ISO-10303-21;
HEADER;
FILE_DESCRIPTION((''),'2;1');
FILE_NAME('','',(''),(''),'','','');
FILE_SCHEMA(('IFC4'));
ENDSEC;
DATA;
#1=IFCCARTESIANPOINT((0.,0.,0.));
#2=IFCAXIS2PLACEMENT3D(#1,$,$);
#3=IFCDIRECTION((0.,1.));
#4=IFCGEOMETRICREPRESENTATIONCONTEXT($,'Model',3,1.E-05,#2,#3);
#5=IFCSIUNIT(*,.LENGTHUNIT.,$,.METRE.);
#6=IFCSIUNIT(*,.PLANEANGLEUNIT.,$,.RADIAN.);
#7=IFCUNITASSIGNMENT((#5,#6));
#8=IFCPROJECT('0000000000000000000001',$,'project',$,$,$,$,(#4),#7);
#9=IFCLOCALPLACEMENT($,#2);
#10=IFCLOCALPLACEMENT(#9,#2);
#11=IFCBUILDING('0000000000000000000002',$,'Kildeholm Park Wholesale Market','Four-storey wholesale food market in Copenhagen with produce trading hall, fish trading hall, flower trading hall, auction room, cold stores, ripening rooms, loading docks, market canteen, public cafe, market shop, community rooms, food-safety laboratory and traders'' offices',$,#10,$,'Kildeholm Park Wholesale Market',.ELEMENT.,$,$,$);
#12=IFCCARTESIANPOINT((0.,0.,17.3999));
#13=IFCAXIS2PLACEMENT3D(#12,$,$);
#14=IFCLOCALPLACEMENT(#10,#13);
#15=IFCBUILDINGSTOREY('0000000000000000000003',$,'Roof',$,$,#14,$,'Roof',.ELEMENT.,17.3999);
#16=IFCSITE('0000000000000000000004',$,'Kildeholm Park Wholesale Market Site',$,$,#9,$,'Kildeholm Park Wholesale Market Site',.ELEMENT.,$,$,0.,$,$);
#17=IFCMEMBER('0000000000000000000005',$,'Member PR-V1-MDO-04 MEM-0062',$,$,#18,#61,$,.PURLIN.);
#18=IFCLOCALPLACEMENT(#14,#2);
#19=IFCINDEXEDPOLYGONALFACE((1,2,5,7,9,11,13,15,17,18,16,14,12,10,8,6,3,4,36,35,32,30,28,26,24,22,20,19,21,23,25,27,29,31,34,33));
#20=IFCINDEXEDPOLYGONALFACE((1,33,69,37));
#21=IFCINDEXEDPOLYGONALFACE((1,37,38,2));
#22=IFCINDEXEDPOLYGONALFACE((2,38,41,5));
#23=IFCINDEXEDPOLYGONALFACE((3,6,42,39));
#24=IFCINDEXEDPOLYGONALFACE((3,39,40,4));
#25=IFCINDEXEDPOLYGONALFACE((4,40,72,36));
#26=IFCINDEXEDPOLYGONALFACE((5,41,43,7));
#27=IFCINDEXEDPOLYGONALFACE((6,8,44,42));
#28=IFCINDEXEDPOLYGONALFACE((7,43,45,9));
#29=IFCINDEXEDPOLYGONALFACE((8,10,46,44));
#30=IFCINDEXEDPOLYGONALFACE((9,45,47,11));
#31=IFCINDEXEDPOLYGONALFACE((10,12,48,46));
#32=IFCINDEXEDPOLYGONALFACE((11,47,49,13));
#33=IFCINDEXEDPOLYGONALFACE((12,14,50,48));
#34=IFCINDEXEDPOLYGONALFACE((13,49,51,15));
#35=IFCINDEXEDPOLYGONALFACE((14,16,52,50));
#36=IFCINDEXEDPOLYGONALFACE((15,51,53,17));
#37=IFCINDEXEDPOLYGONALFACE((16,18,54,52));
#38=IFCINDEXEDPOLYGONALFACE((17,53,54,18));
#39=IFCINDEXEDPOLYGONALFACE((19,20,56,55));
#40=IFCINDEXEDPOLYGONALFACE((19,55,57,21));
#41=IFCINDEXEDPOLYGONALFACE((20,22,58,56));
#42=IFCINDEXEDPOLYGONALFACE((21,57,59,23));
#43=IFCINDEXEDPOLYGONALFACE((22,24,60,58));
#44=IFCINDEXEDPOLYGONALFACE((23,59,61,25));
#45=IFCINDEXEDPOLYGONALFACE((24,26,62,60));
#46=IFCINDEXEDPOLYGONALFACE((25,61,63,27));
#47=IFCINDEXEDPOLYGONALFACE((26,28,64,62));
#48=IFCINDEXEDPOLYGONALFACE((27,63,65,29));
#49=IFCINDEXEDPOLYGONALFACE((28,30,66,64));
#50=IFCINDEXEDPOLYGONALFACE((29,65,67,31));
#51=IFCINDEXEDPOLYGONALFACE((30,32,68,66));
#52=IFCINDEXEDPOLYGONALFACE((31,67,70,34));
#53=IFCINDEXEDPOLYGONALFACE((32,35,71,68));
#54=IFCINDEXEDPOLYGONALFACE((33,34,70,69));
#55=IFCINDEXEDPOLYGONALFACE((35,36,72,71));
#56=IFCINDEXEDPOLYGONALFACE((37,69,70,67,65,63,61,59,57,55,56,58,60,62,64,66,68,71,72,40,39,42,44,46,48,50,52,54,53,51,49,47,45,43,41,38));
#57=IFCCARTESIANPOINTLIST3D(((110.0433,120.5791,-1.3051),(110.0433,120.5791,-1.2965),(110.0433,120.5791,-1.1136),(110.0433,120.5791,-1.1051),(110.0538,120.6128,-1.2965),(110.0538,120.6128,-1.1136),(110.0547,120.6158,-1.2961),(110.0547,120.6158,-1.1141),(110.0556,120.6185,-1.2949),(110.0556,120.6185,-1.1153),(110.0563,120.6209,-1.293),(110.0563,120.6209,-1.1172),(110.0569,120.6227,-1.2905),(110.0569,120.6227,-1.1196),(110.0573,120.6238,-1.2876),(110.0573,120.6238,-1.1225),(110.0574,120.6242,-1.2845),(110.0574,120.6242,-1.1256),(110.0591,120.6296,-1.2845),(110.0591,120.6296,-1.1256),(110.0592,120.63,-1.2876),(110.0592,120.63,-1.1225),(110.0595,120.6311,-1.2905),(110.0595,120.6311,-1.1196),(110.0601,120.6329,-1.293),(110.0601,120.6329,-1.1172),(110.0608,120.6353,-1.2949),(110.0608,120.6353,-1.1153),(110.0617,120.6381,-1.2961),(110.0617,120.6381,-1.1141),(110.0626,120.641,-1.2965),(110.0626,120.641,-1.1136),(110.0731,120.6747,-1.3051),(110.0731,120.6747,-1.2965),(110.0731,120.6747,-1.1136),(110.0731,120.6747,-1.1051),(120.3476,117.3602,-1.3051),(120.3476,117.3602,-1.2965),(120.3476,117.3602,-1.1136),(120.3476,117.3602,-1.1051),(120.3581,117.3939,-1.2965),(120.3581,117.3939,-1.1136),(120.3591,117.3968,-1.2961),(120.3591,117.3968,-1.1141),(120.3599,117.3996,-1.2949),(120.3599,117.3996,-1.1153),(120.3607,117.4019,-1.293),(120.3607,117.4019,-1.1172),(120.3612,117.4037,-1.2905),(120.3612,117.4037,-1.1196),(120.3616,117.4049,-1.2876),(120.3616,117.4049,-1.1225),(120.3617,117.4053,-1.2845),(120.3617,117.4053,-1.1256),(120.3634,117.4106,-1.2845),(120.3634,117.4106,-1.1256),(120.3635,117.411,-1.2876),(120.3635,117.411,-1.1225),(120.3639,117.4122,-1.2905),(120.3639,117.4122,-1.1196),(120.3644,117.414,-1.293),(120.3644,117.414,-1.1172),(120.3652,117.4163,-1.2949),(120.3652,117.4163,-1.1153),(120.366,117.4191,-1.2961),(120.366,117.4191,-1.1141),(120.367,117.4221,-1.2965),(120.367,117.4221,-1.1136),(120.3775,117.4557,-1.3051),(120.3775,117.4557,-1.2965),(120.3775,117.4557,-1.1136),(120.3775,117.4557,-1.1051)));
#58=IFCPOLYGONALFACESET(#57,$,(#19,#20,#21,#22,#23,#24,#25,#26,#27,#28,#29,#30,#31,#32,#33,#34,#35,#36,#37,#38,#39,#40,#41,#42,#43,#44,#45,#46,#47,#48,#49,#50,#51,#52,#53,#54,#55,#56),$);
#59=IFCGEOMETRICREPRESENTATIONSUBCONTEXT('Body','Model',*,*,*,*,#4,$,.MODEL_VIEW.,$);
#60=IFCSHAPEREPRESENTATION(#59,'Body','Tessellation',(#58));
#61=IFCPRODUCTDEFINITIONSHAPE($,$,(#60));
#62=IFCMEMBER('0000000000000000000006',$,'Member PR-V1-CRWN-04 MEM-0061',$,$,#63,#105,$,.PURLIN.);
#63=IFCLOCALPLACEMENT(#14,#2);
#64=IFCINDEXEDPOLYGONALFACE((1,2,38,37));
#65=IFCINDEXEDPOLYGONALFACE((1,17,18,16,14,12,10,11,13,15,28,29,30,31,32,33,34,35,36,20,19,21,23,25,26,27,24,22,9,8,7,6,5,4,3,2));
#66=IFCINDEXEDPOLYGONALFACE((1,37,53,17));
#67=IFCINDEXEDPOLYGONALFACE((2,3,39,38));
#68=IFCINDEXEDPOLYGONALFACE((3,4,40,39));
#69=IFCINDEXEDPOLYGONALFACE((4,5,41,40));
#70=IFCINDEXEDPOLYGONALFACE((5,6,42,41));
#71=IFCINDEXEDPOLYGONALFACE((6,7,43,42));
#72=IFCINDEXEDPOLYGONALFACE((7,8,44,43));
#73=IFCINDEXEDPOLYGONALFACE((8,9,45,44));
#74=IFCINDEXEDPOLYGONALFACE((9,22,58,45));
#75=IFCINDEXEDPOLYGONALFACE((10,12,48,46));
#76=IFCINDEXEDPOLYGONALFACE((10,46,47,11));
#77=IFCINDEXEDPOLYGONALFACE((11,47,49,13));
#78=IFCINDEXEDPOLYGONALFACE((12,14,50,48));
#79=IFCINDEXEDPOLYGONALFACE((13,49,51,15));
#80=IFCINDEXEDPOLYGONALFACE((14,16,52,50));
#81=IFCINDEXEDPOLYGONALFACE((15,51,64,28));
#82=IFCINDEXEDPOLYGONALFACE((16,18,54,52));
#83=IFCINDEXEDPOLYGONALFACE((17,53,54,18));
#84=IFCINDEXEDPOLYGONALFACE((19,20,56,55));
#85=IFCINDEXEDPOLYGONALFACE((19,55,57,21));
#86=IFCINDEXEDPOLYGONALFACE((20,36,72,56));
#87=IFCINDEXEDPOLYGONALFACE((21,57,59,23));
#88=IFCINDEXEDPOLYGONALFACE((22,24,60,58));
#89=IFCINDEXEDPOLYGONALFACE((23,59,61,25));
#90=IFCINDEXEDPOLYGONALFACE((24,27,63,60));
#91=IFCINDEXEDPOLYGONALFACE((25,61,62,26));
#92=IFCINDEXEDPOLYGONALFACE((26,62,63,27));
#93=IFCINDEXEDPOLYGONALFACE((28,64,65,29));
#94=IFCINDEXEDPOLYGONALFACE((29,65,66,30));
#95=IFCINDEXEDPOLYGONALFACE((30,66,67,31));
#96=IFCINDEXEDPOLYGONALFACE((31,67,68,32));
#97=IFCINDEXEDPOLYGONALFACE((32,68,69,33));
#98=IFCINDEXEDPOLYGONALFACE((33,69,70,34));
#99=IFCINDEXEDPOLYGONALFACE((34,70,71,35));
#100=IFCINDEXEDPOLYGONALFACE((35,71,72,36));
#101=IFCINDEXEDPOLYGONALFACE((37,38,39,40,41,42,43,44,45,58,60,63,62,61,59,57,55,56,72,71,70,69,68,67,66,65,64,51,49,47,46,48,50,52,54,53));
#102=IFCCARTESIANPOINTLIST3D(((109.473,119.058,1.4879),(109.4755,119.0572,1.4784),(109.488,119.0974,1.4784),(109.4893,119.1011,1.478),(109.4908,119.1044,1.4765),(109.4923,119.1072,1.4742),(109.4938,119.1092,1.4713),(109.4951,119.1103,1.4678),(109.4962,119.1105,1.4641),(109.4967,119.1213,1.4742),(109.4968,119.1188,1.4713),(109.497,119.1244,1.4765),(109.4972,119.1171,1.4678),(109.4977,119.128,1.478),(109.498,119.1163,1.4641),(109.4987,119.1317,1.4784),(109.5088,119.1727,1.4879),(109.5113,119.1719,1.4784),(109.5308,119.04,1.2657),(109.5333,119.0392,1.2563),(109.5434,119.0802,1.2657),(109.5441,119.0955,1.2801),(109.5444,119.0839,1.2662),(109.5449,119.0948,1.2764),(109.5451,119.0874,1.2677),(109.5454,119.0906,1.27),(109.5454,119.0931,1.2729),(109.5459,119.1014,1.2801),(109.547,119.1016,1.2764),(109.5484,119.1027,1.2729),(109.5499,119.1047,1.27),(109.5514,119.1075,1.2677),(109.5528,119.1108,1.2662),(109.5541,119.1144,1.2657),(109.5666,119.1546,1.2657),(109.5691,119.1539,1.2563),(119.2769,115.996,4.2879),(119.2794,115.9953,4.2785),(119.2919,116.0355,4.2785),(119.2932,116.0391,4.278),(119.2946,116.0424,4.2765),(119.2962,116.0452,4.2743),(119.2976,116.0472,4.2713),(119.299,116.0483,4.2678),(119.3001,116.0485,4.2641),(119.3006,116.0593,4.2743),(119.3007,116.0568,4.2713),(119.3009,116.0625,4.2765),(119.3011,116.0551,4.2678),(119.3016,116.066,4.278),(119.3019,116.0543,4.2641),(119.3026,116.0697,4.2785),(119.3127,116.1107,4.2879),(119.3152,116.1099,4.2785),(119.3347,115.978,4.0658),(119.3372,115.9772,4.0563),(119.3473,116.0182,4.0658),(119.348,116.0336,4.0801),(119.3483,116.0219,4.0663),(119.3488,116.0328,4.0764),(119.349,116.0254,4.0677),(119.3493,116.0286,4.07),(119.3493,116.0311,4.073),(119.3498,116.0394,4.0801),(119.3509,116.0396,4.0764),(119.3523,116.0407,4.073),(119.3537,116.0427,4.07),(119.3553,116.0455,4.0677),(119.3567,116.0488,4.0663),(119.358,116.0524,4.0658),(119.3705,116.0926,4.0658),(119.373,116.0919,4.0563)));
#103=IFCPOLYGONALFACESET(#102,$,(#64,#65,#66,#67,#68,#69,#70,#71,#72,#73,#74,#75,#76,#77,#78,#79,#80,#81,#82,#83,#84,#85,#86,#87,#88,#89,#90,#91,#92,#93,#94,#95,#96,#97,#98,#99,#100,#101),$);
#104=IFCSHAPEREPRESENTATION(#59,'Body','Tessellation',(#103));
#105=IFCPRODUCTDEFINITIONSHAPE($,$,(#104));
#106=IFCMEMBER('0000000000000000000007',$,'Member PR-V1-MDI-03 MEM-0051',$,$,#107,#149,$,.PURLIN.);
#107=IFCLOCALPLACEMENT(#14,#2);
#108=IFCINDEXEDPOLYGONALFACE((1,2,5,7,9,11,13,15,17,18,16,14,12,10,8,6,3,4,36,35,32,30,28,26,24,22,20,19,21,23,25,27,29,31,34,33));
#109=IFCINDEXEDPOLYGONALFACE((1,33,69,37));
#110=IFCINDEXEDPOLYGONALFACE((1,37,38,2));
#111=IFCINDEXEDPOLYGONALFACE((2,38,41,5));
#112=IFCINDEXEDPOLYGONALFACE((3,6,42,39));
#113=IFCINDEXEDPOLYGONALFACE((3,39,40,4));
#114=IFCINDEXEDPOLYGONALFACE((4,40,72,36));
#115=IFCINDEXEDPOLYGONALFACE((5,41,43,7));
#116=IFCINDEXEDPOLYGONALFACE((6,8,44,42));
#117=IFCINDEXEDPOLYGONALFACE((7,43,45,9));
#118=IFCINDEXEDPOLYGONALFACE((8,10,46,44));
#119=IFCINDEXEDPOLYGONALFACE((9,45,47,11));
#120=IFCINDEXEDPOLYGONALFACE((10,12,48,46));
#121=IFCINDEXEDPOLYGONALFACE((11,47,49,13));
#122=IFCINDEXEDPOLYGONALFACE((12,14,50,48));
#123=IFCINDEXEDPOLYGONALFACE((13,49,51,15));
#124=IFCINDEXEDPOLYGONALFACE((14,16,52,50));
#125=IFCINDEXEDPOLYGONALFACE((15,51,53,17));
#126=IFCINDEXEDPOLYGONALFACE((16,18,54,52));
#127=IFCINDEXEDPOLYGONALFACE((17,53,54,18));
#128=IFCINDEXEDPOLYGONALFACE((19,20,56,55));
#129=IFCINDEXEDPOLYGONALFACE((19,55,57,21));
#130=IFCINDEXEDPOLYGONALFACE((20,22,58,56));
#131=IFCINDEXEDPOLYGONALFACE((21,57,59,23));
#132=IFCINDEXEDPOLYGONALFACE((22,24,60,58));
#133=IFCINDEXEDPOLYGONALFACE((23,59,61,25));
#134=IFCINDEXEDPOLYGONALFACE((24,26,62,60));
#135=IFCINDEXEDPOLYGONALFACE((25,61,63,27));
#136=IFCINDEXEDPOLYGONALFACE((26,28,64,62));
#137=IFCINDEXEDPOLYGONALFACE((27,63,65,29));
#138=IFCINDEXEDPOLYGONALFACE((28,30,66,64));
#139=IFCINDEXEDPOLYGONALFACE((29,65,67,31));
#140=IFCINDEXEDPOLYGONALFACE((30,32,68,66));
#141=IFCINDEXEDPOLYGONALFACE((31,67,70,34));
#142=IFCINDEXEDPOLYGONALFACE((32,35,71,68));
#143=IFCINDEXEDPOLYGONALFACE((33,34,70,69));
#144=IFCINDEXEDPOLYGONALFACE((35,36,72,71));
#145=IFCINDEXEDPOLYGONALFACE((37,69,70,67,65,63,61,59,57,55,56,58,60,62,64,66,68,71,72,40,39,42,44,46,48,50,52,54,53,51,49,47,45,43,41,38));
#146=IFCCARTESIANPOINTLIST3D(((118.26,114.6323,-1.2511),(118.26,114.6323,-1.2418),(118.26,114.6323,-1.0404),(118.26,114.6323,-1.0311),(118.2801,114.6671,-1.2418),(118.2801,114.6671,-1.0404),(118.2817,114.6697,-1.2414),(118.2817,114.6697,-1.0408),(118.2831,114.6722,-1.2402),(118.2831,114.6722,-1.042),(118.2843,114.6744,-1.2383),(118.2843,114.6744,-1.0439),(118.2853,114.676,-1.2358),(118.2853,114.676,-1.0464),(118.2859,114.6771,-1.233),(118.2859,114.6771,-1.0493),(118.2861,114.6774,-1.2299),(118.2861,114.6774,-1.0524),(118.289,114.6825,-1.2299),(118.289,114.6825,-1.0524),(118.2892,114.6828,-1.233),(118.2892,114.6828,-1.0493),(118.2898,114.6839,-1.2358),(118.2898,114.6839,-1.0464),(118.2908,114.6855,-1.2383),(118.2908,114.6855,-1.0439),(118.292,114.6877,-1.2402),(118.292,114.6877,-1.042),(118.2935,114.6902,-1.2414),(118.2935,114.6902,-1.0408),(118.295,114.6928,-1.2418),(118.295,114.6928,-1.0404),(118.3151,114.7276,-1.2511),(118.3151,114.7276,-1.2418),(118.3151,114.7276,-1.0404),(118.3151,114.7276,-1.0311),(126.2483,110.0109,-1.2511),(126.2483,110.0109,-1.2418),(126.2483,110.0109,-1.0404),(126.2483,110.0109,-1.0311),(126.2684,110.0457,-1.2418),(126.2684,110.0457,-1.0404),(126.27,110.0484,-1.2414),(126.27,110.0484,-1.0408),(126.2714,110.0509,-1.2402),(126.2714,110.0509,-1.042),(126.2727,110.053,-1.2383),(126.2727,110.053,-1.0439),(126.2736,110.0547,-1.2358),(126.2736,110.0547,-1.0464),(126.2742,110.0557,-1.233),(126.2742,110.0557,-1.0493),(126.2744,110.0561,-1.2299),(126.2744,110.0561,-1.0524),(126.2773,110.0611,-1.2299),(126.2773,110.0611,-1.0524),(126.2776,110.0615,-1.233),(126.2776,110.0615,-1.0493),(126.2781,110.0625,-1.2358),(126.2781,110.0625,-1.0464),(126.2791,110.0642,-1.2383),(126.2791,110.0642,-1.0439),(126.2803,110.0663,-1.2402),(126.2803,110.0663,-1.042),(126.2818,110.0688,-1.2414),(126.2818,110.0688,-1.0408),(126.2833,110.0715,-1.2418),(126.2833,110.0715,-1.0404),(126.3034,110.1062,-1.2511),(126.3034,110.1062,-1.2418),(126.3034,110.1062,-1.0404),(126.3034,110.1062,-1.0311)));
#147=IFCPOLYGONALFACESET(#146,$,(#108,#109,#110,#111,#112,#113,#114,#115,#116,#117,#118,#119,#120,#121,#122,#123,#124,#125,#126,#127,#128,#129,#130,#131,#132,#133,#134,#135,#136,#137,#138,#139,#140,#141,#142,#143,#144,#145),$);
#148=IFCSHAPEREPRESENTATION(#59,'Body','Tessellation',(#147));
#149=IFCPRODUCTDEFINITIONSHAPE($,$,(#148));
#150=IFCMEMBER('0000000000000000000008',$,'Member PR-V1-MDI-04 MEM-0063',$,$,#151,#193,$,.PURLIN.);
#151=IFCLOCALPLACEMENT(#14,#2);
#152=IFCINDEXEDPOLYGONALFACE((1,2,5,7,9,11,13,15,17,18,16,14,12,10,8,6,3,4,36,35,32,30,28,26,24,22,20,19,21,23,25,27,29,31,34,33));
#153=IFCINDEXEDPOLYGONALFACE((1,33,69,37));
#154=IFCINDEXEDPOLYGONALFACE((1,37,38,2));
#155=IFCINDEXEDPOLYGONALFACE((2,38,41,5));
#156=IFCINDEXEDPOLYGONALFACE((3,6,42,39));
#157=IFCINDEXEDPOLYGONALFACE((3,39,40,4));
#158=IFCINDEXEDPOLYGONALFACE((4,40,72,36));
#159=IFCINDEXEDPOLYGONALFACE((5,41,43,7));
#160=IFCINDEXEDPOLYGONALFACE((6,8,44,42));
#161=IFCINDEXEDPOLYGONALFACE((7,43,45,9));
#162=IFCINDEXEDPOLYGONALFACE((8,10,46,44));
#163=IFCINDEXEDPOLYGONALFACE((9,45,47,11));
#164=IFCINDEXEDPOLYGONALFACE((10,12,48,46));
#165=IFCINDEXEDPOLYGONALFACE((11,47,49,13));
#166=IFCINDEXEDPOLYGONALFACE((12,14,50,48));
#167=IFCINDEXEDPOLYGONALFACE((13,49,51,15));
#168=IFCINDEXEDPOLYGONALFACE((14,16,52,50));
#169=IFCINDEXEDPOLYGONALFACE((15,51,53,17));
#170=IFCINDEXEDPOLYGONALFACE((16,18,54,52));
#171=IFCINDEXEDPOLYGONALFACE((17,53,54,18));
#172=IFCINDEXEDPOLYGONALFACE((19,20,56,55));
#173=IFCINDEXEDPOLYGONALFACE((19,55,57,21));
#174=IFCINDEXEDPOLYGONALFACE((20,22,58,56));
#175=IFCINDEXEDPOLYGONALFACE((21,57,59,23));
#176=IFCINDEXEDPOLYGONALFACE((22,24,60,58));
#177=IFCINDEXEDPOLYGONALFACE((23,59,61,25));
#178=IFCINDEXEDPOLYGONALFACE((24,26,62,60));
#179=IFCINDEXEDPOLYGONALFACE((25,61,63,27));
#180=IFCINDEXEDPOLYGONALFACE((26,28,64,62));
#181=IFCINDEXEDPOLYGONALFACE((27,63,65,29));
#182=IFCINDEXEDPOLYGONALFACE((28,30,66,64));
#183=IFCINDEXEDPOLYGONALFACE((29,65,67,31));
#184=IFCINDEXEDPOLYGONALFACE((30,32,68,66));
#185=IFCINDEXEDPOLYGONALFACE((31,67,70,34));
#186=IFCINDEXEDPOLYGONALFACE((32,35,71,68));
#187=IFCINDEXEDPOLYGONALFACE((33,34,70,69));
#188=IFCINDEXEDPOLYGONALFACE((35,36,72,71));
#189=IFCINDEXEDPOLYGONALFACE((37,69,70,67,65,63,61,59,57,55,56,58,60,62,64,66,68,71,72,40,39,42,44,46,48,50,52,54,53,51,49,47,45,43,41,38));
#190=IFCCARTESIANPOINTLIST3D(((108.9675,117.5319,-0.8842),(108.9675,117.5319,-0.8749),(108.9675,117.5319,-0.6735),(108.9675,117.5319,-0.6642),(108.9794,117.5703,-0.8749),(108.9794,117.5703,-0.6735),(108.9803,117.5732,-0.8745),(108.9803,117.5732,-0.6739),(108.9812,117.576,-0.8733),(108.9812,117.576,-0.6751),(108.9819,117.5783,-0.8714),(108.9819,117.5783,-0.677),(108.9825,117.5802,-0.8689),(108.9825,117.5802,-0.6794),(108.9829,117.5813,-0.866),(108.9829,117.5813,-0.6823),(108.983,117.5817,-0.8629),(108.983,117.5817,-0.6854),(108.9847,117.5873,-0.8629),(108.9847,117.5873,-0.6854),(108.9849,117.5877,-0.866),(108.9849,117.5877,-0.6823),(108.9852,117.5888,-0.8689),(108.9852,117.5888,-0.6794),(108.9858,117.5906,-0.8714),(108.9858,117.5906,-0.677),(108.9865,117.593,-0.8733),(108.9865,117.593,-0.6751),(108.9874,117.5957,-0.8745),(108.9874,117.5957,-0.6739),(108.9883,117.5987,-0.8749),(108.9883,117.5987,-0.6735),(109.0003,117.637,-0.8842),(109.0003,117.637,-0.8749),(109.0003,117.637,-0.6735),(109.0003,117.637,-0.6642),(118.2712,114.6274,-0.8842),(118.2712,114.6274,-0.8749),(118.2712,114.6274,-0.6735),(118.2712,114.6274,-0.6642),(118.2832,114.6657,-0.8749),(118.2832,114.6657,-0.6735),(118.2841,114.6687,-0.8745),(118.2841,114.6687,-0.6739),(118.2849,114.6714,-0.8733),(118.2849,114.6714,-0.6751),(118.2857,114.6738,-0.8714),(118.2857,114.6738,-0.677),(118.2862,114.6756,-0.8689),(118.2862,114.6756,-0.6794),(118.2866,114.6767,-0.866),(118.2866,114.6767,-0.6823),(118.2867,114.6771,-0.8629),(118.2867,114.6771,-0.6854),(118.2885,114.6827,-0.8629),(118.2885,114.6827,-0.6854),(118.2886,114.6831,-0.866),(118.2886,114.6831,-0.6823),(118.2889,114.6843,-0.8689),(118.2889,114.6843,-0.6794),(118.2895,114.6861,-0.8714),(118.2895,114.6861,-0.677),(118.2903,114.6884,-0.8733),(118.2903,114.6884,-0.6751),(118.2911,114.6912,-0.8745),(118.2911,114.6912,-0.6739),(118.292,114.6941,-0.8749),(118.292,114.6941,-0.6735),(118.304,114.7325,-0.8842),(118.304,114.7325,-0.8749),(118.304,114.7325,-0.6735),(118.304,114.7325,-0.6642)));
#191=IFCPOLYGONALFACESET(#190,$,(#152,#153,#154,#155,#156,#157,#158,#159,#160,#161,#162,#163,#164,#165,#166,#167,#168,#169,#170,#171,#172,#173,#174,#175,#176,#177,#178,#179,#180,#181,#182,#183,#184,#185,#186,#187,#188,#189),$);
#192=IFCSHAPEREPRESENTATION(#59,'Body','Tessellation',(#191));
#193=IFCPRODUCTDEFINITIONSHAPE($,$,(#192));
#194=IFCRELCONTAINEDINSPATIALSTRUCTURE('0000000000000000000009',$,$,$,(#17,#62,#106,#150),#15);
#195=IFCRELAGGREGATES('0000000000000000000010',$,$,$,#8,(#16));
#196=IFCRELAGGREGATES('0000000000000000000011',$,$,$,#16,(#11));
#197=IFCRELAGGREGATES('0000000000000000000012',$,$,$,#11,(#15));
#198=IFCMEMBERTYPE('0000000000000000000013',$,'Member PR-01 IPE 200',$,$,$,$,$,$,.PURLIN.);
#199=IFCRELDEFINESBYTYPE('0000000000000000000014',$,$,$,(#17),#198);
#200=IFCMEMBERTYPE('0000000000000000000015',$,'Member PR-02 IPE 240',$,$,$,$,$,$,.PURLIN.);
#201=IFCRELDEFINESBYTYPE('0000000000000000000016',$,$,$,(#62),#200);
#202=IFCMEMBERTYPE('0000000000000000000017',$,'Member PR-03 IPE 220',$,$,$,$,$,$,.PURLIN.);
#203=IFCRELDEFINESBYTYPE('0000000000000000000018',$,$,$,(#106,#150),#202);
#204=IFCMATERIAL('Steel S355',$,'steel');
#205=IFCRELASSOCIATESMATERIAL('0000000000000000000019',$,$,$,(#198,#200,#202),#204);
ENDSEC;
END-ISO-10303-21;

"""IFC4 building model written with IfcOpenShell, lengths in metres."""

from ifc_helpers import new_model, si_unit, direction, frame, origin, origin_2d, place, context, subcontext, project, spatial, i_section, extrude, material, material_profile, profile_set, type_object, element, save


model = new_model("IFC4")

# Units and contexts
model_context = context("Model", 3, precision=1e-05, world=origin(), true_north=direction((0.0, 1.0)))
body_context = subcontext(model_context, "Body", "Model", "MODEL_VIEW")
ifc_project = project(units=[si_unit("LENGTHUNIT", "METRE"), si_unit("PLANEANGLEUNIT", "RADIAN")], contexts=[model_context])

# Site, building, storey
site_placement = place(None, origin())
site = spatial("IfcSite", under=ifc_project, at=site_placement, Name="Kildeholm Park Wholesale Market Site", LongName="Kildeholm Park Wholesale Market Site", CompositionType="ELEMENT", RefElevation=0.0)
building_placement = place(site_placement, origin())
building = spatial("IfcBuilding", under=site, at=building_placement, Name="Kildeholm Park Wholesale Market", Description="Four-storey wholesale food market in Copenhagen with produce trading hall, fish trading hall, flower trading hall, auction room, cold stores, ripening rooms, loading docks, market canteen, public cafe, market shop, community rooms, food-safety laboratory and traders' offices", LongName="Kildeholm Park Wholesale Market", CompositionType="ELEMENT")
storey_placement = place(building_placement, frame((0.0, 0.0, 17.3999)))
storey = spatial("IfcBuildingStorey", under=building, at=storey_placement, Name="Roof", LongName="Roof", CompositionType="ELEMENT", Elevation=17.3999)

# Members
ifc_material_1 = material(Name="Steel S355", Category="steel")
ifc_material_profile_1 = material_profile(ifc_material_1, i_section(OverallWidth=0.1001, OverallDepth=0.2, WebThickness=0.0056, FlangeThickness=0.0085, FilletRadius=0.012, at=origin_2d()), Name="IPE 200")
ifc_profile_set_1 = profile_set([ifc_material_profile_1], Name="Steel S355")
member_type_1 = type_object("IfcMemberType", Name="Member PR-01 IPE 200", PredefinedType="PURLIN", material=ifc_profile_set_1)
member_1_placement = place(storey_placement, frame((120.3625, 117.408, -1.2051), z_axis=(-0.95451, 0.298178, 0.0), x_axis=(-0.298178, -0.95451, 0.0)))
element("IfcMember", 1, at=member_1_placement, inside=storey, type_object=member_type_1, Name="Member PR-V1-MDO-04 MEM-0062", PredefinedType="PURLIN", context=body_context, shape_type="SweptSolid", body=[
    extrude(i_section(OverallWidth=0.1001, OverallDepth=0.2, WebThickness=0.0056, FlangeThickness=0.0085, FilletRadius=0.012, at=origin_2d()), origin(), (0.0, 0.0, 1.0), 10.7954),
])
ifc_material_profile_2 = material_profile(ifc_material_1, i_section(OverallWidth=0.1201, OverallDepth=0.24, WebThickness=0.0061, FlangeThickness=0.0098, FilletRadius=0.0149, at=origin_2d()), Name="IPE 240")
ifc_profile_set_2 = profile_set([ifc_material_profile_2], Name="Steel S355")
member_type_2 = type_object("IfcMemberType", Name="Member PR-02 IPE 240", PredefinedType="PURLIN", material=ifc_profile_set_2)
member_2_placement = place(storey_placement, frame((119.325, 116.0439, 4.1721), z_axis=(-0.92092, 0.287625, -0.263018), x_axis=(-0.298122, -0.954528, 0.0)))
element("IfcMember", 2, at=member_2_placement, inside=storey, type_object=member_type_2, Name="Member PR-V1-CRWN-04 MEM-0061", PredefinedType="PURLIN", context=body_context, shape_type="SweptSolid", body=[
    extrude(i_section(OverallWidth=0.1201, OverallDepth=0.24, WebThickness=0.0061, FlangeThickness=0.0098, FilletRadius=0.0149, at=origin_2d()), origin(), (0.0, 0.0, 1.0), 10.6458),
])
ifc_material_profile_3 = material_profile(ifc_material_1, i_section(OverallWidth=0.1101, OverallDepth=0.22, WebThickness=0.0059, FlangeThickness=0.0093, FilletRadius=0.012, at=origin_2d()), Name="IPE 220")
ifc_profile_set_3 = profile_set([ifc_material_profile_3], Name="Steel S355")
member_type_3 = type_object("IfcMemberType", Name="Member PR-03 IPE 220", PredefinedType="PURLIN", material=ifc_profile_set_3)
member_3_placement = place(storey_placement, frame((126.2759, 110.0586, -1.1411), z_axis=(-0.865589, 0.500756, 0.0), x_axis=(-0.500756, -0.865589, 0.0)))
element("IfcMember", 3, at=member_3_placement, inside=storey, type_object=member_type_3, Name="Member PR-V1-MDI-03 MEM-0051", PredefinedType="PURLIN", context=body_context, shape_type="SweptSolid", body=[
    extrude(i_section(OverallWidth=0.1101, OverallDepth=0.22, WebThickness=0.0059, FlangeThickness=0.0093, FilletRadius=0.012, at=origin_2d()), origin(), (0.0, 0.0, 1.0), 9.2288),
])
member_4_placement = place(storey_placement, frame((118.2876, 114.6799, -0.7742), z_axis=(-0.954564, 0.298007, 0.0), x_axis=(-0.298007, -0.954564, 0.0)))
element("IfcMember", 4, at=member_4_placement, inside=storey, type_object=member_type_3, Name="Member PR-V1-MDI-04 MEM-0063", PredefinedType="PURLIN", context=body_context, shape_type="SweptSolid", body=[
    extrude(i_section(OverallWidth=0.1101, OverallDepth=0.22, WebThickness=0.0059, FlangeThickness=0.0093, FilletRadius=0.012, at=origin_2d()), origin(), (0.0, 0.0, 1.0), 9.7466),
])

save(model, "model.ifc")
